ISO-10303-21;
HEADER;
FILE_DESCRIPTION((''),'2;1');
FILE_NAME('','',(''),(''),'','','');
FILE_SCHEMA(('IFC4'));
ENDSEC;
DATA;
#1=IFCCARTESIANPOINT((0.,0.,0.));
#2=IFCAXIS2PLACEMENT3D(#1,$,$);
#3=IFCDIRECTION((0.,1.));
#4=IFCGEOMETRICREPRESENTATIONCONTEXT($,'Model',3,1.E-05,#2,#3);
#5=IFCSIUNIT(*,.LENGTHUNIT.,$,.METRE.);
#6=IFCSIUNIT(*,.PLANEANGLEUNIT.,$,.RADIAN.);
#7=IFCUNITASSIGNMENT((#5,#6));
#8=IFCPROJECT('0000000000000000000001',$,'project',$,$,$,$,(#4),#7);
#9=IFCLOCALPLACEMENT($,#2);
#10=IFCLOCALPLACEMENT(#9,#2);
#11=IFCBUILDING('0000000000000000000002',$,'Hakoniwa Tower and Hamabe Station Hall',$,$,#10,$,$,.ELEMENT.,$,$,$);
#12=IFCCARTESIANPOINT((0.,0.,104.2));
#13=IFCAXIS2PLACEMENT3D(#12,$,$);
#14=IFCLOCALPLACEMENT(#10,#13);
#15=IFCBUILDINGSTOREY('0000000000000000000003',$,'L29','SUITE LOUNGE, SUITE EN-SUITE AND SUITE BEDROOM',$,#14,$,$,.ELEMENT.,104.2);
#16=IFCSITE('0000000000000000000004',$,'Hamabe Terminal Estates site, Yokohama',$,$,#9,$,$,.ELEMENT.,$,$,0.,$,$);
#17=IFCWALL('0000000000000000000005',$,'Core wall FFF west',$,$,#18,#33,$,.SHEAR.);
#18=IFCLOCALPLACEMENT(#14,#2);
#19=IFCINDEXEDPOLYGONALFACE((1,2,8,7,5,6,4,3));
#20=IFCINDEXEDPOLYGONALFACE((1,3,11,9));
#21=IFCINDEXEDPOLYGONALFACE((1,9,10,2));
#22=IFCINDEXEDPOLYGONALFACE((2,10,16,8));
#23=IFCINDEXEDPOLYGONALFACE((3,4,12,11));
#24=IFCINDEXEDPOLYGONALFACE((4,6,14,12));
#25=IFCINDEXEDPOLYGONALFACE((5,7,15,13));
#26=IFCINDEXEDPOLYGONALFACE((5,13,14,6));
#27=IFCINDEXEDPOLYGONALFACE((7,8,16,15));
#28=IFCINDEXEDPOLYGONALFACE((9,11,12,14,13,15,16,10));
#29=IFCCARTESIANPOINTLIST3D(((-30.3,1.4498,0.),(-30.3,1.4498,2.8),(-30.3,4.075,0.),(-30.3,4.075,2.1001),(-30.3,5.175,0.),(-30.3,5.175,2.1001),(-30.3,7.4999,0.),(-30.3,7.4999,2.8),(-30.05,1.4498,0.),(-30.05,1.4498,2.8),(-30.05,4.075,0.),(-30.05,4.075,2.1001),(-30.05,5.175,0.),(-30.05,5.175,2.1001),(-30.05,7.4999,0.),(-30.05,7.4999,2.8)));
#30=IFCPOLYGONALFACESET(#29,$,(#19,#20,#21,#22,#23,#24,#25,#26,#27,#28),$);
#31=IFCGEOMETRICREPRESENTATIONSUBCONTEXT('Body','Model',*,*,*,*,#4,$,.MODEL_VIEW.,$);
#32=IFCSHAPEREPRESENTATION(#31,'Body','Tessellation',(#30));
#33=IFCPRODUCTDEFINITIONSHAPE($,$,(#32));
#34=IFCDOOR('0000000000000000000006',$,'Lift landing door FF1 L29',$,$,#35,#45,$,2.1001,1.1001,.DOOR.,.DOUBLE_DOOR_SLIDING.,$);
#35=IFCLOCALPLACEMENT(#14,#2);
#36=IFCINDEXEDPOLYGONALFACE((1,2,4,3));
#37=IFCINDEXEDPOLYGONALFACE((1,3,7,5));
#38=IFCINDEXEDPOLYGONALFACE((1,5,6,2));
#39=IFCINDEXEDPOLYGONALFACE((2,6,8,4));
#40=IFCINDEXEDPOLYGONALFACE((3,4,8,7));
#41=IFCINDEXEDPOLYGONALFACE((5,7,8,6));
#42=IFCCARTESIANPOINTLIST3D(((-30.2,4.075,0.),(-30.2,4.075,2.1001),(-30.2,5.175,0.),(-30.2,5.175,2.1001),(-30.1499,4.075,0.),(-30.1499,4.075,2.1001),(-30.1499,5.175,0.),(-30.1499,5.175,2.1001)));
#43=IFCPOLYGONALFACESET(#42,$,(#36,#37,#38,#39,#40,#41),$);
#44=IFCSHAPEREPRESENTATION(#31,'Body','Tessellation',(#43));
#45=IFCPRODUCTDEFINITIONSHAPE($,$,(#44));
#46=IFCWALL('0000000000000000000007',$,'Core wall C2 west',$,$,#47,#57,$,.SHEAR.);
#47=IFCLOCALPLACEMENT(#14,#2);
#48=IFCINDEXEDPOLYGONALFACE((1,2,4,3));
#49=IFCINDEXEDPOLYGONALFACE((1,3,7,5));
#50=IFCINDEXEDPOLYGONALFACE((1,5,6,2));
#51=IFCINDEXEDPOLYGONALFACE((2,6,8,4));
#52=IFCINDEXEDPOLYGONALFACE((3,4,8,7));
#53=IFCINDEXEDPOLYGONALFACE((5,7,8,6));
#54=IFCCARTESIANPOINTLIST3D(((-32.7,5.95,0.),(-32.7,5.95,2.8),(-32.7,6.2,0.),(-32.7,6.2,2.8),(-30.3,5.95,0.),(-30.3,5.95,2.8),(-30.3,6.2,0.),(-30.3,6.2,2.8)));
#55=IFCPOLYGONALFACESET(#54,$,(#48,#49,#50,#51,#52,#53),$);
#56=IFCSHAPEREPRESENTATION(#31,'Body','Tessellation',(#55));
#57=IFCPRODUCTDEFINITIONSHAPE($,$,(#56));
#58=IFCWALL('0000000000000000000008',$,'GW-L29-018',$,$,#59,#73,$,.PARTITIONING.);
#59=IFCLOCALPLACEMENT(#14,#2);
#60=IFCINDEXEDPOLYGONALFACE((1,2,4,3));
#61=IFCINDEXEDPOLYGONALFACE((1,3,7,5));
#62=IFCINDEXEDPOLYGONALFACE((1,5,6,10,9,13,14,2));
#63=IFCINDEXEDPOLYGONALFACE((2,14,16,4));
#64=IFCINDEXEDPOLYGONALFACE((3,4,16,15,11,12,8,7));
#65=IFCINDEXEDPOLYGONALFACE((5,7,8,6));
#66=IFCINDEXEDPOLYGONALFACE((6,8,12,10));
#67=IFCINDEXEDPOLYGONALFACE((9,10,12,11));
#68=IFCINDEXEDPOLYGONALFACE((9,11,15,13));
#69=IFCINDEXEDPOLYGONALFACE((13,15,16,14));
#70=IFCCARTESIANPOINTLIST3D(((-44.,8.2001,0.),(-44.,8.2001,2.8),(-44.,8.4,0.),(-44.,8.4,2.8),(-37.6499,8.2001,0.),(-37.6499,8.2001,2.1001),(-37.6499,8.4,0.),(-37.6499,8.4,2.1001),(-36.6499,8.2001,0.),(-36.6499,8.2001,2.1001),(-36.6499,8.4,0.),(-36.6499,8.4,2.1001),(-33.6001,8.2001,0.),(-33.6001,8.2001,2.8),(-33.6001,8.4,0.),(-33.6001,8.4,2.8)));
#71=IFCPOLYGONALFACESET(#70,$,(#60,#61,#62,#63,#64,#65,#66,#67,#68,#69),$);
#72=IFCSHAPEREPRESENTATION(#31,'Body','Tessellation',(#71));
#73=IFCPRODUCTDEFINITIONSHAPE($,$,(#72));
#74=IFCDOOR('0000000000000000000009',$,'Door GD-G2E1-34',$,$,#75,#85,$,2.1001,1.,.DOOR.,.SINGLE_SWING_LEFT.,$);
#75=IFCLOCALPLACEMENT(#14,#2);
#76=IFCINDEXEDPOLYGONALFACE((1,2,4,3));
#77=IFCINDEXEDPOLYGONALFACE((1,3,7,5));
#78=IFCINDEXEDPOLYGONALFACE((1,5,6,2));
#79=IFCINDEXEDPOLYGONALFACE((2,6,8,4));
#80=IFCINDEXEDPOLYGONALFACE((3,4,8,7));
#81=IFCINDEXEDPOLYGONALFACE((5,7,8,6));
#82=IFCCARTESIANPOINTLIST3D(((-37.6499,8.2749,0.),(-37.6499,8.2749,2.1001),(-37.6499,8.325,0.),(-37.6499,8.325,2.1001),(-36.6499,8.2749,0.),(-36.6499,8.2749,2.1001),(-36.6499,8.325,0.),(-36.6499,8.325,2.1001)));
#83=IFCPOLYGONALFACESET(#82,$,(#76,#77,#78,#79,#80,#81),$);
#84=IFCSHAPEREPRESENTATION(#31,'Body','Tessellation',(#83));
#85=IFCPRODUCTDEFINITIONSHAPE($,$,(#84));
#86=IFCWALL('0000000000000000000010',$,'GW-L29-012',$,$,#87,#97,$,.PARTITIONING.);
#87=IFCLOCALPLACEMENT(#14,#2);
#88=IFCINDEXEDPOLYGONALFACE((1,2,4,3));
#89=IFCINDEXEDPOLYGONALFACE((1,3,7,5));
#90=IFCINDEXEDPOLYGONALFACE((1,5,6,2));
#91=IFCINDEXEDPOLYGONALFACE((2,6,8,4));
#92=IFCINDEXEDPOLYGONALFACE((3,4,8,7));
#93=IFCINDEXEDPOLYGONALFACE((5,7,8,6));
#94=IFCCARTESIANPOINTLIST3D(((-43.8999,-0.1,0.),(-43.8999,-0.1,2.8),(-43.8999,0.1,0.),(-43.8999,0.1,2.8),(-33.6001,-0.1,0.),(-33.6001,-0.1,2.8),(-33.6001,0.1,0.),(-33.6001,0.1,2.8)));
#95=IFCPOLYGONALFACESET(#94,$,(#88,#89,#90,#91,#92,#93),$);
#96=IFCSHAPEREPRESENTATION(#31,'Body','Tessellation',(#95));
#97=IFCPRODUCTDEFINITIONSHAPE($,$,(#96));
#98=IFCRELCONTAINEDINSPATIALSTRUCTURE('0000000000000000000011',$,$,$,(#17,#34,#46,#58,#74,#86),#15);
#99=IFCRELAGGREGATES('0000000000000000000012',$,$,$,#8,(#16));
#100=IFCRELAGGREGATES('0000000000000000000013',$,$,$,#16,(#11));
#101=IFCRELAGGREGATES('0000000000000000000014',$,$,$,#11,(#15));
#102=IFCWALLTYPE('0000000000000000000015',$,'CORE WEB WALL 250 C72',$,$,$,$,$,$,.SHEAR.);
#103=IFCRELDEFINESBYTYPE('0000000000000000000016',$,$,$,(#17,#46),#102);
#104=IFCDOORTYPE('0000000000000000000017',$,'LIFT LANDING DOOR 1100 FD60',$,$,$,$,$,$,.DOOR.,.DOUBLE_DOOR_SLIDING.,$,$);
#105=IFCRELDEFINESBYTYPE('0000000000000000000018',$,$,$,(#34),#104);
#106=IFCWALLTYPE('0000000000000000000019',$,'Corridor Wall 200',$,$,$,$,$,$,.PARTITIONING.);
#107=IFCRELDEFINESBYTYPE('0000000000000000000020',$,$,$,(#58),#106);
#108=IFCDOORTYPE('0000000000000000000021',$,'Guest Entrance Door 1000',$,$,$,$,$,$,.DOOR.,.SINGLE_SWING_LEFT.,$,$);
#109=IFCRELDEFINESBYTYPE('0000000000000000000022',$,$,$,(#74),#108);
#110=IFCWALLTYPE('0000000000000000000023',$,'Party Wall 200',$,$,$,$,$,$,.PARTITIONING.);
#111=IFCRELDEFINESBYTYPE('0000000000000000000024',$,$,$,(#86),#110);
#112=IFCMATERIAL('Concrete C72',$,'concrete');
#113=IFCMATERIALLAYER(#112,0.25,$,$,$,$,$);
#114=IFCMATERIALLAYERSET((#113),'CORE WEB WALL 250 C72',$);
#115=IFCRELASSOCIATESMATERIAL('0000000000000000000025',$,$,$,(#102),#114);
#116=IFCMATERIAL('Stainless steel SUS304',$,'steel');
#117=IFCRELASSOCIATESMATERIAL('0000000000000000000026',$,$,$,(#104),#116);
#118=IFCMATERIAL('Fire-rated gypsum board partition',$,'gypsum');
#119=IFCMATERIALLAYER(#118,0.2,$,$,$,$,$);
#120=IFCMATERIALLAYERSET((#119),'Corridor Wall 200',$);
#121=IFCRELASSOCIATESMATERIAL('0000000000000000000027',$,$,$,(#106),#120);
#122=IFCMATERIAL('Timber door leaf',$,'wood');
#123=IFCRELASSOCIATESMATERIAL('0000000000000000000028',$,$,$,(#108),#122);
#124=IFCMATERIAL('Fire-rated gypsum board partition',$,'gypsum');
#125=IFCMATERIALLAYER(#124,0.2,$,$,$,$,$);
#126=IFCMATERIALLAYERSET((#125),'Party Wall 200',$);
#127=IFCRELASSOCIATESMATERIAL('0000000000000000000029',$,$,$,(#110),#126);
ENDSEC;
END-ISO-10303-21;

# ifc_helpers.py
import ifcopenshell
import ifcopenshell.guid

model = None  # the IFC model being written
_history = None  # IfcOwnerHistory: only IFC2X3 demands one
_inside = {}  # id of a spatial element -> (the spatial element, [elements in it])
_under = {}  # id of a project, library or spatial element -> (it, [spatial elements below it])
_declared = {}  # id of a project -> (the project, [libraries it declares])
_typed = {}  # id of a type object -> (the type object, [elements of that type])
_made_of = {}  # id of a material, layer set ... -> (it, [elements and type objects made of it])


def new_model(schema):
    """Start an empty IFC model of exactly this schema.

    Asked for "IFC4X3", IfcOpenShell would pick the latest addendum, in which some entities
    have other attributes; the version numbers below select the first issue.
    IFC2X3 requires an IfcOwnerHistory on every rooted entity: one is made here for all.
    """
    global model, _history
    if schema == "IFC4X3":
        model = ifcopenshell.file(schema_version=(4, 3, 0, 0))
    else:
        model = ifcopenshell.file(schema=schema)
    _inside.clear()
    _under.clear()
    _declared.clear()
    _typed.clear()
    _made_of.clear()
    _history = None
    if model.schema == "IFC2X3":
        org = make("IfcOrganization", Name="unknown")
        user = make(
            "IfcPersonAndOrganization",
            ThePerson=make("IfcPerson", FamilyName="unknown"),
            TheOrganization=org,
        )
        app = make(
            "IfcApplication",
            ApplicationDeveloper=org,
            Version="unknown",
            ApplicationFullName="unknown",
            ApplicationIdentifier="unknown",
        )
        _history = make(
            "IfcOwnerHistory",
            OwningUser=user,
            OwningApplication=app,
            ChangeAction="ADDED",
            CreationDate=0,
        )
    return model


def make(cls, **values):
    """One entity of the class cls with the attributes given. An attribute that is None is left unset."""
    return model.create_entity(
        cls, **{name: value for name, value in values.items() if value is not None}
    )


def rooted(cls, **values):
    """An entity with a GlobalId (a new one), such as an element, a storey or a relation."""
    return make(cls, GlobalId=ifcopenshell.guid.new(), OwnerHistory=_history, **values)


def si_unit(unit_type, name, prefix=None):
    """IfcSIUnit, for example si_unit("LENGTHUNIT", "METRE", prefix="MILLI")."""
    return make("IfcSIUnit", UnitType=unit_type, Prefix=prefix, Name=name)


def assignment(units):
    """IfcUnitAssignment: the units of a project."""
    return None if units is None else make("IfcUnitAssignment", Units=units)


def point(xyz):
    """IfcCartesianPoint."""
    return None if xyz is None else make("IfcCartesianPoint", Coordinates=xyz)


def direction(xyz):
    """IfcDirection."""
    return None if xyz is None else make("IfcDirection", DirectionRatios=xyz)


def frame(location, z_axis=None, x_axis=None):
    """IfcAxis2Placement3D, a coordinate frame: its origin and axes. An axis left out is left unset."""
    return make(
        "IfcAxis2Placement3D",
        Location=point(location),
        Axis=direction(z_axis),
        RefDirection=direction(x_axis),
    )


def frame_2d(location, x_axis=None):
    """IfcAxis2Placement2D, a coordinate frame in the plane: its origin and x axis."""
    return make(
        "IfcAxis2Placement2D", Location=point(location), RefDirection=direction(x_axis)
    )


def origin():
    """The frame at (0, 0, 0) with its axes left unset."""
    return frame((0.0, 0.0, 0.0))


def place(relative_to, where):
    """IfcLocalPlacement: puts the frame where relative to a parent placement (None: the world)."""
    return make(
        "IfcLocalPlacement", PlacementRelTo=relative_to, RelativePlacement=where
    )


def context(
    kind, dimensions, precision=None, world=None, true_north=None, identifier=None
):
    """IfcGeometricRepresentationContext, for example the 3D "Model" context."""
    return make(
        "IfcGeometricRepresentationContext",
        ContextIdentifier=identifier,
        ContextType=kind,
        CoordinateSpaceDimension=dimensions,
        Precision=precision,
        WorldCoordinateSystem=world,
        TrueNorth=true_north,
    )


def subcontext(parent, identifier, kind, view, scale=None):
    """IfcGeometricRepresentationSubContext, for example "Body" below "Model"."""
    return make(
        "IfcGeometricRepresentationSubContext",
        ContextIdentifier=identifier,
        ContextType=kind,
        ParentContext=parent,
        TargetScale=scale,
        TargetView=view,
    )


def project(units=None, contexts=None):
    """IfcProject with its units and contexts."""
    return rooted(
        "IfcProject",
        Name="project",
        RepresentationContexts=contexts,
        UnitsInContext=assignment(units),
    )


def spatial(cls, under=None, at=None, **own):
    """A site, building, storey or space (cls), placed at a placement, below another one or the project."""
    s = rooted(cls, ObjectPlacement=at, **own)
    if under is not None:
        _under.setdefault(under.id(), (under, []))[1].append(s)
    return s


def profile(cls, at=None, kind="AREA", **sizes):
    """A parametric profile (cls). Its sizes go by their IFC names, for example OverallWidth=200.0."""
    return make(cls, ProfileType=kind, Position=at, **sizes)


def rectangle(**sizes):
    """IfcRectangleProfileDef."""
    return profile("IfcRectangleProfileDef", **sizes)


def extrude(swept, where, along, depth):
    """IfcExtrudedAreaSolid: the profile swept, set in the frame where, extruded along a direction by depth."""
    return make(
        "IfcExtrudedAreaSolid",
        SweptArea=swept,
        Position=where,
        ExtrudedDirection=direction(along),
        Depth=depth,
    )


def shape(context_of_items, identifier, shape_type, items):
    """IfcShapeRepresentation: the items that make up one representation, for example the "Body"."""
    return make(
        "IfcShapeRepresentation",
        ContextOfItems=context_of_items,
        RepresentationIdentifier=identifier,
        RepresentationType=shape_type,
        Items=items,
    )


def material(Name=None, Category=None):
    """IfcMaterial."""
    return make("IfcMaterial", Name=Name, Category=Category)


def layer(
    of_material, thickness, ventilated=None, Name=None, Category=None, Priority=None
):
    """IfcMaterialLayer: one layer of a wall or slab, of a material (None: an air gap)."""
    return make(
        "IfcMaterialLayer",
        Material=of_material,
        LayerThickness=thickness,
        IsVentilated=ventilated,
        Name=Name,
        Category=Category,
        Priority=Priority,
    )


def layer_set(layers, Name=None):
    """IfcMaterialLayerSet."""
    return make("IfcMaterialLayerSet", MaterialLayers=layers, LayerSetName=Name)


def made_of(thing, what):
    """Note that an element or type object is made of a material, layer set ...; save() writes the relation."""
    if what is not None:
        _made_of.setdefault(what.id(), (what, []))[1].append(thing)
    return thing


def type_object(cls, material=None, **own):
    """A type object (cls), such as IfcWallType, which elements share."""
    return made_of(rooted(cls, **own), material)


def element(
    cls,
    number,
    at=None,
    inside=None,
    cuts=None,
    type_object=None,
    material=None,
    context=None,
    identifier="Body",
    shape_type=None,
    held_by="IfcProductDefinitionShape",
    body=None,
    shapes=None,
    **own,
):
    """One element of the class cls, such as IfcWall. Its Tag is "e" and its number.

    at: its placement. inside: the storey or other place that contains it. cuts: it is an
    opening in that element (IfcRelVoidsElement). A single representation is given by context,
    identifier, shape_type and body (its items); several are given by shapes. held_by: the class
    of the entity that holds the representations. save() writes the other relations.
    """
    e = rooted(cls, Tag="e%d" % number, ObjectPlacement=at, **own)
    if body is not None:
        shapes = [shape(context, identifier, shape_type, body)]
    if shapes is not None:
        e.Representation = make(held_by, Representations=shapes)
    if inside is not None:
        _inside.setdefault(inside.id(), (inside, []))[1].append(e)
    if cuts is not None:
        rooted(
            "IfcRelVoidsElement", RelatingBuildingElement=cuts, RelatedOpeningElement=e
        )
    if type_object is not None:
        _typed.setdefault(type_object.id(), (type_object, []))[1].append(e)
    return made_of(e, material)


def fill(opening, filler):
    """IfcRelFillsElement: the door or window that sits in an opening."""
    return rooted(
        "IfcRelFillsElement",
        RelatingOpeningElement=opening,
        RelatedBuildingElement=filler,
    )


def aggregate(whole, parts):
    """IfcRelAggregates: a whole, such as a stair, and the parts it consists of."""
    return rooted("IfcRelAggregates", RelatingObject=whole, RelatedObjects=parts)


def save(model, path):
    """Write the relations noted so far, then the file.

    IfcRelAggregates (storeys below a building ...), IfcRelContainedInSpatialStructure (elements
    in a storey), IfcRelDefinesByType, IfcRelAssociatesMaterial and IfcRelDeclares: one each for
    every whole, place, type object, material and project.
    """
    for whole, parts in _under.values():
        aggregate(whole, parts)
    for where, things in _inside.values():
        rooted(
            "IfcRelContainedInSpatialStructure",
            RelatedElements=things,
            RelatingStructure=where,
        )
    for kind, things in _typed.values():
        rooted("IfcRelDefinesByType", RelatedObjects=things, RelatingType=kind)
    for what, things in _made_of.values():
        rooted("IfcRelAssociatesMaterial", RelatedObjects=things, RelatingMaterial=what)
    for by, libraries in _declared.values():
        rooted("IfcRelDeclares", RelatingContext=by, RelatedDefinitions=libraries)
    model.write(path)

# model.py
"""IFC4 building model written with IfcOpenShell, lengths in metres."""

from ifc_helpers import new_model, si_unit, direction, frame, frame_2d, origin, place, context, subcontext, project, spatial, rectangle, extrude, material, layer, layer_set, type_object, element, fill, save


model = new_model("IFC4")

# Units and contexts
model_context = context("Model", 3, precision=1e-05, world=origin(), true_north=direction((0.0, 1.0)))
body_context = subcontext(model_context, "Body", "Model", "MODEL_VIEW")
ifc_project = project(units=[si_unit("LENGTHUNIT", "METRE"), si_unit("PLANEANGLEUNIT", "RADIAN")], contexts=[model_context])

# Site, building, storey
site_placement = place(None, origin())
site = spatial("IfcSite", under=ifc_project, at=site_placement, Name="Hamabe Terminal Estates site, Yokohama", CompositionType="ELEMENT", RefElevation=0.0)
building_placement = place(site_placement, origin())
building = spatial("IfcBuilding", under=site, at=building_placement, Name="Hakoniwa Tower and Hamabe Station Hall", CompositionType="ELEMENT")
storey_placement = place(building_placement, frame((0.0, 0.0, 104.2)))
storey = spatial("IfcBuildingStorey", under=building, at=storey_placement, Name="L29", Description="SUITE LOUNGE, SUITE EN-SUITE AND SUITE BEDROOM", CompositionType="ELEMENT", Elevation=104.2)

# Shared definitions
ifc_material_1 = material(Name="Concrete C72", Category="concrete")
ifc_layer_1 = layer(ifc_material_1, 0.25)
ifc_layer_set_1 = layer_set([ifc_layer_1], Name="CORE WEB WALL 250 C72")
wall_type_1 = type_object("IfcWallType", Name="CORE WEB WALL 250 C72", PredefinedType="SHEAR", material=ifc_layer_set_1)
ifc_material_2 = material(Name="Stainless steel SUS304", Category="steel")
door_type_1 = type_object("IfcDoorType", Name="LIFT LANDING DOOR 1100 FD60", OperationType="DOUBLE_DOOR_SLIDING", PredefinedType="DOOR", material=ifc_material_2)

# Wall, opening, door
wall_1_placement = place(storey_placement, frame((-30.175, 1.45, 0.0), z_axis=(0.0, 0.0, 1.0), x_axis=(0.0, 1.0, 0.0)))
wall_1 = element("IfcWall", 1, at=wall_1_placement, inside=storey, type_object=wall_type_1, Name="Core wall FFF west", PredefinedType="SHEAR", context=body_context, shape_type="SweptSolid", body=[
    extrude(rectangle(XDim=6.05, YDim=0.25, at=frame_2d((3.0249, 0.0))), origin(), (0.0, 0.0, 1.0), 2.8),
])
opening_1_placement = place(wall_1_placement, frame((2.625, 0.0, 0.0)))
opening_1 = element("IfcOpeningElement", 2, at=opening_1_placement, cuts=wall_1, PredefinedType="OPENING", context=body_context, shape_type="SweptSolid", body=[
    extrude(rectangle(XDim=1.1001, YDim=2.1001, at=frame_2d((0.55, 1.05))), frame((0.0, 0.135, 0.0), z_axis=(0.0, -1.0, 0.0), x_axis=(1.0, 0.0, 0.0)), (0.0, 0.0, 1.0), 0.27),
])
door_1_placement = place(opening_1_placement, origin())
door_1 = element("IfcDoor", 3, at=door_1_placement, inside=storey, type_object=door_type_1, Name="Lift landing door FF1 L29", OperationType="DOUBLE_DOOR_SLIDING", OverallHeight=2.1001, OverallWidth=1.1001, PredefinedType="DOOR", context=body_context, shape_type="SweptSolid", body=[
    extrude(rectangle(XDim=1.1001, YDim=2.1001, at=frame_2d((0.55, 1.05))), frame((0.0, 0.0249, 0.0), z_axis=(0.0, -1.0, 0.0), x_axis=(1.0, 0.0, 0.0)), (0.0, 0.0, 1.0), 0.05),
])
fill(opening_1, door_1)

# Wall
wall_2_placement = place(storey_placement, frame((-32.7, 6.075, 0.0), z_axis=(0.0, 0.0, 1.0), x_axis=(1.0, 0.0, 0.0)))
element("IfcWall", 4, at=wall_2_placement, inside=storey, type_object=wall_type_1, Name="Core wall C2 west", PredefinedType="SHEAR", context=body_context, shape_type="SweptSolid", body=[
    extrude(rectangle(XDim=2.3999, YDim=0.25, at=frame_2d((1.2, 0.0))), origin(), (0.0, 0.0, 1.0), 2.8),
])

# Wall, opening, door
ifc_material_3 = material(Name="Fire-rated gypsum board partition", Category="gypsum")
ifc_layer_2 = layer(ifc_material_3, 0.2)
ifc_layer_set_2 = layer_set([ifc_layer_2], Name="Corridor Wall 200")
wall_type_2 = type_object("IfcWallType", Name="Corridor Wall 200", PredefinedType="PARTITIONING", material=ifc_layer_set_2)
wall_3_placement = place(storey_placement, frame((-44.0, 8.3, 0.0), z_axis=(0.0, 0.0, 1.0), x_axis=(1.0, 0.0, 0.0)))
wall_3 = element("IfcWall", 5, at=wall_3_placement, inside=storey, type_object=wall_type_2, Name="GW-L29-018", PredefinedType="PARTITIONING", context=body_context, shape_type="SweptSolid", body=[
    extrude(rectangle(XDim=10.3999, YDim=0.2, at=frame_2d((5.2, 0.0))), origin(), (0.0, 0.0, 1.0), 2.8),
])
opening_2_placement = place(wall_3_placement, frame((6.3501, 0.0, 0.0)))
opening_2 = element("IfcOpeningElement", 6, at=opening_2_placement, cuts=wall_3, PredefinedType="OPENING", context=body_context, shape_type="SweptSolid", body=[
    extrude(rectangle(XDim=1.0, YDim=2.1001, at=frame_2d((0.5, 1.05))), frame((0.0, 0.1099, 0.0), z_axis=(0.0, -1.0, 0.0), x_axis=(1.0, 0.0, 0.0)), (0.0, 0.0, 1.0), 0.22),
])
ifc_material_4 = material(Name="Timber door leaf", Category="wood")
door_type_2 = type_object("IfcDoorType", Name="Guest Entrance Door 1000", OperationType="SINGLE_SWING_LEFT", PredefinedType="DOOR", material=ifc_material_4)
door_2_placement = place(opening_2_placement, origin())
door_2 = element("IfcDoor", 7, at=door_2_placement, inside=storey, type_object=door_type_2, Name="Door GD-G2E1-34", OperationType="SINGLE_SWING_LEFT", OverallHeight=2.1001, OverallWidth=1.0, PredefinedType="DOOR", context=body_context, shape_type="SweptSolid", body=[
    extrude(rectangle(XDim=1.0, YDim=2.1001, at=frame_2d((0.5, 1.05))), frame((0.0, 0.0249, 0.0), z_axis=(0.0, -1.0, 0.0), x_axis=(1.0, 0.0, 0.0)), (0.0, 0.0, 1.0), 0.05),
])
fill(opening_2, door_2)

# Wall
ifc_material_5 = material(Name="Fire-rated gypsum board partition", Category="gypsum")
ifc_layer_3 = layer(ifc_material_5, 0.2)
ifc_layer_set_3 = layer_set([ifc_layer_3], Name="Party Wall 200")
wall_type_3 = type_object("IfcWallType", Name="Party Wall 200", PredefinedType="PARTITIONING", material=ifc_layer_set_3)
wall_4_placement = place(storey_placement, frame((-43.8999, 0.0, 0.0), z_axis=(0.0, 0.0, 1.0), x_axis=(1.0, 0.0, 0.0)))
element("IfcWall", 8, at=wall_4_placement, inside=storey, type_object=wall_type_3, Name="GW-L29-012", PredefinedType="PARTITIONING", context=body_context, shape_type="SweptSolid", body=[
    extrude(rectangle(XDim=10.2998, YDim=0.2, at=frame_2d((5.1499, 0.0))), origin(), (0.0, 0.0, 1.0), 2.8),
])

save(model, "model.ifc")
